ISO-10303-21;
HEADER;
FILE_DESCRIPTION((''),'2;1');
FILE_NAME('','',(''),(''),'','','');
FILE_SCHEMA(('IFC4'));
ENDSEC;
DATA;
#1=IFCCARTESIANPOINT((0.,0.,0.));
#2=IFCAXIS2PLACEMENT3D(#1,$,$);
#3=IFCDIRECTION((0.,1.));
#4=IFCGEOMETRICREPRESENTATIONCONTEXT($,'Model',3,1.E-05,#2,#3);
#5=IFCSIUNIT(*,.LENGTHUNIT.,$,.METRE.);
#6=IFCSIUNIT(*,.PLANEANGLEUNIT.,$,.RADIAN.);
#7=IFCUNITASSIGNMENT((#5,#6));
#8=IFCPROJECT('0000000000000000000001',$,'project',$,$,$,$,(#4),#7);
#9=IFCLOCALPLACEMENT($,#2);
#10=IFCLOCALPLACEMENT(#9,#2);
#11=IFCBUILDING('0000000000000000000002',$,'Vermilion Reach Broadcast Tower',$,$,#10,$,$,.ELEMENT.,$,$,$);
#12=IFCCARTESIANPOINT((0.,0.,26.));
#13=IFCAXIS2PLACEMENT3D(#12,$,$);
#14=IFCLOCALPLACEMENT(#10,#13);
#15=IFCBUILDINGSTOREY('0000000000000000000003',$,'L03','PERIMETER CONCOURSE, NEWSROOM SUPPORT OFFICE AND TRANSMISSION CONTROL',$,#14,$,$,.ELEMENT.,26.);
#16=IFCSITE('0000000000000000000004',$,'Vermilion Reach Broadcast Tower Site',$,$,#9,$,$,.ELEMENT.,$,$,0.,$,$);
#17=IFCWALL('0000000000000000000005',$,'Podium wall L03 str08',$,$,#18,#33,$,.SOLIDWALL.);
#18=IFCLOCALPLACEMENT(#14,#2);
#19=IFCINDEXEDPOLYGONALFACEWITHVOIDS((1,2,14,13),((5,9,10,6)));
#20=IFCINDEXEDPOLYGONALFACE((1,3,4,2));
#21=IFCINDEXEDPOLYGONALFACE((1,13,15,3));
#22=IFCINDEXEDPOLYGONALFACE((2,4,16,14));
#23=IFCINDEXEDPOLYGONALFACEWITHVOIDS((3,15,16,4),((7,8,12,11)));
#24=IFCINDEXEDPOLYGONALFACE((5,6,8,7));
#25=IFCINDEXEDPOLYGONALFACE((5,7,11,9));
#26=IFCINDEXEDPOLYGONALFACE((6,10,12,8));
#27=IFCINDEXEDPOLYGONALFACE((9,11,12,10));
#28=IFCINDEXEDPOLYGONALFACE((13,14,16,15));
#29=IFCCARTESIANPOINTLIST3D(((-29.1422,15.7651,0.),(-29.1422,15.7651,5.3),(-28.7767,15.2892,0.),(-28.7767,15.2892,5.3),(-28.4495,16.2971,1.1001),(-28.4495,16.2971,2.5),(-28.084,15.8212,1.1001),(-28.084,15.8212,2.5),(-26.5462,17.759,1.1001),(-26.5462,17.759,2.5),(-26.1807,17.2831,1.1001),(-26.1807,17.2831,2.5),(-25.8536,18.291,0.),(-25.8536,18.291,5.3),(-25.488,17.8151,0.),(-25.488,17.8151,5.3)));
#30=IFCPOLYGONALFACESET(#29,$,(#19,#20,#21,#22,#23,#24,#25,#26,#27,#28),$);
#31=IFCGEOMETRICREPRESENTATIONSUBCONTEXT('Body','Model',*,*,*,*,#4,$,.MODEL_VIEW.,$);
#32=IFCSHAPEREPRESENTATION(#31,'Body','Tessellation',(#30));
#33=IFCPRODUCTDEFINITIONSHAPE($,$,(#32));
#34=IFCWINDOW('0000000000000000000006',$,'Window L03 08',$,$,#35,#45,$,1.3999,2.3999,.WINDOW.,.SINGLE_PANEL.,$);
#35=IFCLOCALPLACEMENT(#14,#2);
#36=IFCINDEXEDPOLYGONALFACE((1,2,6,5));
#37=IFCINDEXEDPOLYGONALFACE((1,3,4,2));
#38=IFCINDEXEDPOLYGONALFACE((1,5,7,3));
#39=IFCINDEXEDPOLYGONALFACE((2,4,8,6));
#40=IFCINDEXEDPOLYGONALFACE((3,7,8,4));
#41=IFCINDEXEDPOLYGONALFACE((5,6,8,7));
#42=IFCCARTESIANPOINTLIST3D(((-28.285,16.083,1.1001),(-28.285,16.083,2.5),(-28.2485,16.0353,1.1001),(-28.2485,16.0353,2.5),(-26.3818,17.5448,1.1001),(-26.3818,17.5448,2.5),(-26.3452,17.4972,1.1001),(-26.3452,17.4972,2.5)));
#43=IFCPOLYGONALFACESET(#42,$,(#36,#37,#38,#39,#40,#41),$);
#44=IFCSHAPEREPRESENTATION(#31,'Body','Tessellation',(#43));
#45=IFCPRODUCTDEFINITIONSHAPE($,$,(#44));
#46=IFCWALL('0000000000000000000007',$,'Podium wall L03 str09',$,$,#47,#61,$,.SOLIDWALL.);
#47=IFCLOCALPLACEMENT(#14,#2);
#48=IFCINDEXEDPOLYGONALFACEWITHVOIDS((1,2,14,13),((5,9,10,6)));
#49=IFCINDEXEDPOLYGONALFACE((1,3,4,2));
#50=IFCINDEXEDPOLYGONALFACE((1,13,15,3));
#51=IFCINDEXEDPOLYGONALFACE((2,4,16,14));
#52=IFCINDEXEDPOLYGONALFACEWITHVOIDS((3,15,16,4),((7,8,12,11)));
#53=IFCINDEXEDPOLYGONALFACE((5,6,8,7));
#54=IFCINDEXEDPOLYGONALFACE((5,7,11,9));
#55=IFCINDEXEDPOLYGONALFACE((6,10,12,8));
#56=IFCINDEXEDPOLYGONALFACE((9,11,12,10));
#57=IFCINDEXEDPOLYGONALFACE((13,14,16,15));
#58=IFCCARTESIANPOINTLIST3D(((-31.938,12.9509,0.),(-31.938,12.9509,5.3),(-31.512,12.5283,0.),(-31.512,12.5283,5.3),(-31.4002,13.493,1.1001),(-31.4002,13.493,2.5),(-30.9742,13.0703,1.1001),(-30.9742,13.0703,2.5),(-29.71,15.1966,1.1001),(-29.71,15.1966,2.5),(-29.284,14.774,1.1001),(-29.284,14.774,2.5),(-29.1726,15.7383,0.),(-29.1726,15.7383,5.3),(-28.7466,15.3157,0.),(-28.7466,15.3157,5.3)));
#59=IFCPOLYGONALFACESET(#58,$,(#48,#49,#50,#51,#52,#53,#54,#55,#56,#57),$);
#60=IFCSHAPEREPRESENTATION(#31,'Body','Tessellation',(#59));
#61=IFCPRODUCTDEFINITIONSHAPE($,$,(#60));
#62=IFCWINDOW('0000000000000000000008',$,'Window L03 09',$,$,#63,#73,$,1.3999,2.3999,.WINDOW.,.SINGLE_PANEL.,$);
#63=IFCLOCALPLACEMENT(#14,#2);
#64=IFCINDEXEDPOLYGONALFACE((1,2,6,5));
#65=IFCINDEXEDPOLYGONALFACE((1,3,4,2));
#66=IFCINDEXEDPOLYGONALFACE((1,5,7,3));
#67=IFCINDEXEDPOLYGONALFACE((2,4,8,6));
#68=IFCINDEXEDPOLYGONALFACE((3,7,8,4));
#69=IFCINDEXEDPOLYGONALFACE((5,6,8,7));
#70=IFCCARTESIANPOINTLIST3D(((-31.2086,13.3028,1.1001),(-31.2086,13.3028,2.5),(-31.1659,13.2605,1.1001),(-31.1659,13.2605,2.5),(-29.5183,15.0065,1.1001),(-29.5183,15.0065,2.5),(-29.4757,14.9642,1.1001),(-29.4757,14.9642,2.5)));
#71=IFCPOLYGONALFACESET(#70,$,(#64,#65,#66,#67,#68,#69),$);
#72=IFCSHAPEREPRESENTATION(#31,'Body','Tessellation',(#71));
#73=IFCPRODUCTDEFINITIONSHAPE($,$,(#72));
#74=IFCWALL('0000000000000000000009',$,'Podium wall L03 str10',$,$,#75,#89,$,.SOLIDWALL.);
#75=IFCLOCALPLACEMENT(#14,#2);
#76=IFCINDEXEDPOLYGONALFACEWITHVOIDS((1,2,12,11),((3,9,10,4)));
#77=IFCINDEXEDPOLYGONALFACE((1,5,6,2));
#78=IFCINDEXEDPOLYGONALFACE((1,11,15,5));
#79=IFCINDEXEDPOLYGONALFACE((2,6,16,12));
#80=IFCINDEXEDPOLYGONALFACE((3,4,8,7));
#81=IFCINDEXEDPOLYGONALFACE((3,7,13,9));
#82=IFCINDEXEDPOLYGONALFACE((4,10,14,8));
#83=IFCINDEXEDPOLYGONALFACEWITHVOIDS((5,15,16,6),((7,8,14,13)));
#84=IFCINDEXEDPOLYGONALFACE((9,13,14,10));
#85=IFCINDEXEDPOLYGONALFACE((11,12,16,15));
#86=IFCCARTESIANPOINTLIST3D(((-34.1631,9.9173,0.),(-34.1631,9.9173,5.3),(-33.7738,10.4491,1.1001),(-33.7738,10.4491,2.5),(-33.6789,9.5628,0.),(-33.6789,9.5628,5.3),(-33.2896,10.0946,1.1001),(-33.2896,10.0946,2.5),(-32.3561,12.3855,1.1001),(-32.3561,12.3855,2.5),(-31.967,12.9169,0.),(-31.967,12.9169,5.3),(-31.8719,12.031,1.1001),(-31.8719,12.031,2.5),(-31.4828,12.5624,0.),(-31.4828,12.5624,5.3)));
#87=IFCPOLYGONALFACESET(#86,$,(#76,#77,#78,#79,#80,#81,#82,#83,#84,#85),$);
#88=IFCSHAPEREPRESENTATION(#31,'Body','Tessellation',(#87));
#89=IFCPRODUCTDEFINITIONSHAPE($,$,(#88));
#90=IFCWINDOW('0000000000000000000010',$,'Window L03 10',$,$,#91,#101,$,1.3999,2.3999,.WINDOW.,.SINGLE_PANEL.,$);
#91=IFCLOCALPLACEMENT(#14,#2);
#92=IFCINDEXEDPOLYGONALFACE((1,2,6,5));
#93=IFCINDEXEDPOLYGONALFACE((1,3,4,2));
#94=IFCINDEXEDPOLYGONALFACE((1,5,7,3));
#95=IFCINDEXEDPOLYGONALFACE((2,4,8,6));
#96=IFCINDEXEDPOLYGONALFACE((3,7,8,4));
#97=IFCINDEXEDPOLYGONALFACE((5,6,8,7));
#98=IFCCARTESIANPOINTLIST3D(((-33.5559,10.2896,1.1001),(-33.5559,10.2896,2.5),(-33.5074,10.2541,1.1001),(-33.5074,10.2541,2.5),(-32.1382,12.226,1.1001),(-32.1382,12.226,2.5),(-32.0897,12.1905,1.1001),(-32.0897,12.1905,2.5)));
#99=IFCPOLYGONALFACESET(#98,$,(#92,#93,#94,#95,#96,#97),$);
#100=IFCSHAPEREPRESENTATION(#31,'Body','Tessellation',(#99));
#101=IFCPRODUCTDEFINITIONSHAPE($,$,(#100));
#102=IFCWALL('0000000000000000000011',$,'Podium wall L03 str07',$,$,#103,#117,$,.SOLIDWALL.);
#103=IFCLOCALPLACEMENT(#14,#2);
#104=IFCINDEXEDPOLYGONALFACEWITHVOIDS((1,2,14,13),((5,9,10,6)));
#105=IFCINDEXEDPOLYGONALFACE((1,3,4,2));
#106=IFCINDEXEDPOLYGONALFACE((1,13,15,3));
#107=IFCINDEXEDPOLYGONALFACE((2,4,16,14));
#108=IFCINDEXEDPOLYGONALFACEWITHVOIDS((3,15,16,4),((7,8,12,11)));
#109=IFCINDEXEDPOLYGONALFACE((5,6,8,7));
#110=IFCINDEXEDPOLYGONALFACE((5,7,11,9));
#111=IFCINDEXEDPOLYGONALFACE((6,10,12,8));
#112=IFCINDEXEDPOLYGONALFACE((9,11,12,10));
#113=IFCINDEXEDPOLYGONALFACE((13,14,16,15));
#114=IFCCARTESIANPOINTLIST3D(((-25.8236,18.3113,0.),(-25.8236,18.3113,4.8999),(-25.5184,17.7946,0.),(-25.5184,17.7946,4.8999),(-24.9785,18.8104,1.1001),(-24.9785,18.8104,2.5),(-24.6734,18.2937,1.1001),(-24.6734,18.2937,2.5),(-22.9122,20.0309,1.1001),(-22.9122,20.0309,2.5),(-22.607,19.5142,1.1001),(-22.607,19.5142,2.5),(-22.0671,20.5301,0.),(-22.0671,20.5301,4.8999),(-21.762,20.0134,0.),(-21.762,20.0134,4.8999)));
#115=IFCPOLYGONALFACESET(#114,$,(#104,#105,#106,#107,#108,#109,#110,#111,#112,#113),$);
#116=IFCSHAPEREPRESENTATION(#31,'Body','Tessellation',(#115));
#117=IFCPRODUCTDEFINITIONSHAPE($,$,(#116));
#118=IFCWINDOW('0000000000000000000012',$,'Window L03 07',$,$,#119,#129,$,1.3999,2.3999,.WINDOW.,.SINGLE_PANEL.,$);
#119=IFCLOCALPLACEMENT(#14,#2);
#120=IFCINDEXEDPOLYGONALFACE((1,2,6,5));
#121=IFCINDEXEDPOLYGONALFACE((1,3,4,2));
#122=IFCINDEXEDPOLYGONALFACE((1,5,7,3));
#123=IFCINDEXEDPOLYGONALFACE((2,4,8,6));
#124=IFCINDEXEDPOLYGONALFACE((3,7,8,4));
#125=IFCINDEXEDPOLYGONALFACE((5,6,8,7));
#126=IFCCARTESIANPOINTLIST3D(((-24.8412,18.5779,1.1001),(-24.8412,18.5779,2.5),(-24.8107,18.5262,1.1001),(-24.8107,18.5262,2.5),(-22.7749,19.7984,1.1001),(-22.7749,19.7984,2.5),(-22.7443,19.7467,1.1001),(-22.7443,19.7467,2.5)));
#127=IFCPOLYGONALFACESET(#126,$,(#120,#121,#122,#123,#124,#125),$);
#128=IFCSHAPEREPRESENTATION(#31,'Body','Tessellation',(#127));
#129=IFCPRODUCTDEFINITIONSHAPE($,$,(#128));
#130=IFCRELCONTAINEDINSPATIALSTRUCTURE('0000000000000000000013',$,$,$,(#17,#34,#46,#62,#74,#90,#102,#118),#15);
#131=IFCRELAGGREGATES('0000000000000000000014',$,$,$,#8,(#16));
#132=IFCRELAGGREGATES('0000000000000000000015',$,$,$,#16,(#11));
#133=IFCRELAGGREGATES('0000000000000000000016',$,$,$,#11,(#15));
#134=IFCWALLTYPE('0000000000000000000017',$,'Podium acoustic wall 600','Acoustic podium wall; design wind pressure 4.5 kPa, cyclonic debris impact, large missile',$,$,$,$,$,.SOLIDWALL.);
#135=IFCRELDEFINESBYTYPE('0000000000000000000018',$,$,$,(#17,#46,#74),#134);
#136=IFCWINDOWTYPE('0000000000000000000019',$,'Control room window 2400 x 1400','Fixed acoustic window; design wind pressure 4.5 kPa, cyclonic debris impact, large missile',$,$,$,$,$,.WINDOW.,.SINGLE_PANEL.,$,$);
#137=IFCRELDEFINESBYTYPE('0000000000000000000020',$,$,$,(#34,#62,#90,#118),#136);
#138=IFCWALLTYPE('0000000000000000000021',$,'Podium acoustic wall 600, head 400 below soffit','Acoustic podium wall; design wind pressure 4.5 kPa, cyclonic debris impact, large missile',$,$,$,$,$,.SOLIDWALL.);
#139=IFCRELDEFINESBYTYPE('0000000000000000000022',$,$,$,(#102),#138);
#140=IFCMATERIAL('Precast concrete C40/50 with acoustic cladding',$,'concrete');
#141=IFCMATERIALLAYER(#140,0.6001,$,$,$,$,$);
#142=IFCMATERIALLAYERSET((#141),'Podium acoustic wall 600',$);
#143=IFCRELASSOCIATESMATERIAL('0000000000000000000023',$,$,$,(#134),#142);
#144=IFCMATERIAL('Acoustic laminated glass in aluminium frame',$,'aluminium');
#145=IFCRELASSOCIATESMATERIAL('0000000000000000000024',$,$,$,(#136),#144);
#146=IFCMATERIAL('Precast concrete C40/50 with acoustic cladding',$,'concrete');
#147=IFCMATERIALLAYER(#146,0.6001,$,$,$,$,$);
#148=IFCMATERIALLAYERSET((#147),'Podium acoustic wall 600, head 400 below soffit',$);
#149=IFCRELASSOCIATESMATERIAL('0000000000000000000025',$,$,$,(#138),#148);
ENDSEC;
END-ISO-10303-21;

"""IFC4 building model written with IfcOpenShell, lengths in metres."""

from ifc_helpers import new_model, si_unit, direction, frame, frame_2d, origin, place, context, subcontext, project, spatial, rectangle, extrude, material, layer, layer_set, type_object, element, fill, save


model = new_model("IFC4")

# Units and contexts
model_context = context("Model", 3, precision=1e-05, world=origin(), true_north=direction((0.0, 1.0)))
body_context = subcontext(model_context, "Body", "Model", "MODEL_VIEW")
ifc_project = project(units=[si_unit("LENGTHUNIT", "METRE"), si_unit("PLANEANGLEUNIT", "RADIAN")], contexts=[model_context])

# Site, building, storey
site_placement = place(None, origin())
site = spatial("IfcSite", under=ifc_project, at=site_placement, Name="Vermilion Reach Broadcast Tower Site", CompositionType="ELEMENT", RefElevation=0.0)
building_placement = place(site_placement, origin())
building = spatial("IfcBuilding", under=site, at=building_placement, Name="Vermilion Reach Broadcast Tower", CompositionType="ELEMENT")
storey_placement = place(building_placement, frame((0.0, 0.0, 26.0)))
storey = spatial("IfcBuildingStorey", under=building, at=storey_placement, Name="L03", Description="PERIMETER CONCOURSE, NEWSROOM SUPPORT OFFICE AND TRANSMISSION CONTROL", CompositionType="ELEMENT", Elevation=26.0)

# Walls, openings, windows
ifc_material_1 = material(Name="Precast concrete C40/50 with acoustic cladding", Category="concrete")
ifc_layer_1 = layer(ifc_material_1, 0.6001)
ifc_layer_set_1 = layer_set([ifc_layer_1], Name="Podium acoustic wall 600")
wall_type_1 = type_object("IfcWallType", Name="Podium acoustic wall 600", Description="Acoustic podium wall; design wind pressure 4.5 kPa, cyclonic debris impact, large missile", PredefinedType="SOLIDWALL", material=ifc_layer_set_1)
wall_1_placement = place(storey_placement, frame((-25.6709, 18.053, 0.0), z_axis=(0.0, 0.0, 1.0), x_axis=(-0.793066, -0.609136, 0.0)))
wall_1 = element("IfcWall", 1, at=wall_1_placement, inside=storey, type_object=wall_type_1, Name="Podium wall L03 str08", PredefinedType="SOLIDWALL", context=body_context, shape_type="SweptSolid", body=[
    extrude(rectangle(XDim=4.1467, YDim=0.6001, at=frame_2d((2.0732, 0.0))), origin(), (0.0, 0.0, 1.0), 5.3),
])
opening_1_placement = place(wall_1_placement, frame((0.8733, 0.0, 1.1001)))
opening_1 = element("IfcOpeningElement", 2, at=opening_1_placement, cuts=wall_1, PredefinedType="OPENING", context=body_context, shape_type="SweptSolid", body=[
    extrude(rectangle(XDim=2.3999, YDim=1.3999, at=frame_2d((1.2, 0.7))), frame((0.0, 0.3101, 0.0), z_axis=(0.0, -1.0, 0.0), x_axis=(1.0, 0.0, 0.0)), (0.0, 0.0, 1.0), 0.6201),
])
ifc_material_2 = material(Name="Acoustic laminated glass in aluminium frame", Category="aluminium")
window_type = type_object("IfcWindowType", Name="Control room window 2400 x 1400", Description="Fixed acoustic window; design wind pressure 4.5 kPa, cyclonic debris impact, large missile", PartitioningType="SINGLE_PANEL", PredefinedType="WINDOW", material=ifc_material_2)
window_1_placement = place(opening_1_placement, origin())
window_1 = element("IfcWindow", 3, at=window_1_placement, inside=storey, type_object=window_type, Name="Window L03 08", OverallHeight=1.3999, OverallWidth=2.3999, PartitioningType="SINGLE_PANEL", PredefinedType="WINDOW", context=body_context, shape_type="SweptSolid", body=[
    extrude(rectangle(XDim=2.3999, YDim=1.3999, at=frame_2d((1.2, 0.7))), frame((0.0, 0.03, 0.0), z_axis=(0.0, -1.0, 0.0), x_axis=(1.0, 0.0, 0.0)), (0.0, 0.0, 1.0), 0.0601),
])
fill(opening_1, window_1)
wall_2_placement = place(storey_placement, frame((-28.9595, 15.5271, 0.0), z_axis=(0.0, 0.0, 1.0), x_axis=(-0.704303, -0.709899, 0.0)))
wall_2 = element("IfcWall", 4, at=wall_2_placement, inside=storey, type_object=wall_type_1, Name="Podium wall L03 str09", PredefinedType="SOLIDWALL", context=body_context, shape_type="SweptSolid", body=[
    extrude(rectangle(XDim=3.9265, YDim=0.6001, at=frame_2d((1.9634, 0.0))), origin(), (0.0, 0.0, 1.0), 5.3),
])
opening_2_placement = place(wall_2_placement, frame((0.7632, 0.0, 1.1001)))
opening_2 = element("IfcOpeningElement", 5, at=opening_2_placement, cuts=wall_2, PredefinedType="OPENING", context=body_context, shape_type="SweptSolid", body=[
    extrude(rectangle(XDim=2.3999, YDim=1.3999, at=frame_2d((1.2, 0.7))), frame((0.0, 0.3101, 0.0), z_axis=(0.0, -1.0, 0.0), x_axis=(1.0, 0.0, 0.0)), (0.0, 0.0, 1.0), 0.6201),
])
window_2_placement = place(opening_2_placement, origin())
window_2 = element("IfcWindow", 6, at=window_2_placement, inside=storey, type_object=window_type, Name="Window L03 09", OverallHeight=1.3999, OverallWidth=2.3999, PartitioningType="SINGLE_PANEL", PredefinedType="WINDOW", context=body_context, shape_type="SweptSolid", body=[
    extrude(rectangle(XDim=2.3999, YDim=1.3999, at=frame_2d((1.2, 0.7))), frame((0.0, 0.03, 0.0), z_axis=(0.0, -1.0, 0.0), x_axis=(1.0, 0.0, 0.0)), (0.0, 0.0, 1.0), 0.0601),
])
fill(opening_2, window_2)
wall_3_placement = place(storey_placement, frame((-31.7249, 12.7397, 0.0), z_axis=(0.0, 0.0, 1.0), x_axis=(-0.590734, -0.806866, 0.0)))
wall_3 = element("IfcWall", 7, at=wall_3_placement, inside=storey, type_object=wall_type_1, Name="Podium wall L03 str10", PredefinedType="SOLIDWALL", context=body_context, shape_type="SweptSolid", body=[
    extrude(rectangle(XDim=3.7175, YDim=0.6001, at=frame_2d((1.8589, 0.0))), origin(), (0.0, 0.0, 1.0), 5.3),
])
opening_3_placement = place(wall_3_placement, frame((0.6587, 0.0, 1.1001)))
opening_3 = element("IfcOpeningElement", 8, at=opening_3_placement, cuts=wall_3, PredefinedType="OPENING", context=body_context, shape_type="SweptSolid", body=[
    extrude(rectangle(XDim=2.3999, YDim=1.3999, at=frame_2d((1.2, 0.7))), frame((0.0, 0.3101, 0.0), z_axis=(0.0, -1.0, 0.0), x_axis=(1.0, 0.0, 0.0)), (0.0, 0.0, 1.0), 0.6201),
])
window_3_placement = place(opening_3_placement, origin())
window_3 = element("IfcWindow", 9, at=window_3_placement, inside=storey, type_object=window_type, Name="Window L03 10", OverallHeight=1.3999, OverallWidth=2.3999, PartitioningType="SINGLE_PANEL", PredefinedType="WINDOW", context=body_context, shape_type="SweptSolid", body=[
    extrude(rectangle(XDim=2.3999, YDim=1.3999, at=frame_2d((1.2, 0.7))), frame((0.0, 0.03, 0.0), z_axis=(0.0, -1.0, 0.0), x_axis=(1.0, 0.0, 0.0)), (0.0, 0.0, 1.0), 0.0601),
])
fill(opening_3, window_3)
ifc_material_3 = material(Name="Precast concrete C40/50 with acoustic cladding", Category="concrete")
ifc_layer_2 = layer(ifc_material_3, 0.6001)
ifc_layer_set_2 = layer_set([ifc_layer_2], Name="Podium acoustic wall 600, head 400 below soffit")
wall_type_2 = type_object("IfcWallType", Name="Podium acoustic wall 600, head 400 below soffit", Description="Acoustic podium wall; design wind pressure 4.5 kPa, cyclonic debris impact, large missile", PredefinedType="SOLIDWALL", material=ifc_layer_set_2)
wall_4_placement = place(storey_placement, frame((-21.9146, 20.2717, 0.0), z_axis=(0.0, 0.0, 1.0), x_axis=(-0.861018, -0.508575, 0.0)))
wall_4 = element("IfcWall", 10, at=wall_4_placement, inside=storey, type_object=wall_type_2, Name="Podium wall L03 str07", PredefinedType="SOLIDWALL", context=body_context, shape_type="SweptSolid", body=[
    extrude(rectangle(XDim=4.3628, YDim=0.6001, at=frame_2d((2.1814, 0.0))), origin(), (0.0, 0.0, 1.0), 4.8999),
])
opening_4_placement = place(wall_4_placement, frame((0.9814, 0.0, 1.1001)))
opening_4 = element("IfcOpeningElement", 11, at=opening_4_placement, cuts=wall_4, PredefinedType="OPENING", context=body_context, shape_type="SweptSolid", body=[
    extrude(rectangle(XDim=2.3999, YDim=1.3999, at=frame_2d((1.2, 0.7))), frame((0.0, 0.3101, 0.0), z_axis=(0.0, -1.0, 0.0), x_axis=(1.0, 0.0, 0.0)), (0.0, 0.0, 1.0), 0.6201),
])
window_4_placement = place(opening_4_placement, origin())
window_4 = element("IfcWindow", 12, at=window_4_placement, inside=storey, type_object=window_type, Name="Window L03 07", OverallHeight=1.3999, OverallWidth=2.3999, PartitioningType="SINGLE_PANEL", PredefinedType="WINDOW", context=body_context, shape_type="SweptSolid", body=[
    extrude(rectangle(XDim=2.3999, YDim=1.3999, at=frame_2d((1.2, 0.7))), frame((0.0, 0.03, 0.0), z_axis=(0.0, -1.0, 0.0), x_axis=(1.0, 0.0, 0.0)), (0.0, 0.0, 1.0), 0.0601),
])
fill(opening_4, window_4)

save(model, "model.ifc")
